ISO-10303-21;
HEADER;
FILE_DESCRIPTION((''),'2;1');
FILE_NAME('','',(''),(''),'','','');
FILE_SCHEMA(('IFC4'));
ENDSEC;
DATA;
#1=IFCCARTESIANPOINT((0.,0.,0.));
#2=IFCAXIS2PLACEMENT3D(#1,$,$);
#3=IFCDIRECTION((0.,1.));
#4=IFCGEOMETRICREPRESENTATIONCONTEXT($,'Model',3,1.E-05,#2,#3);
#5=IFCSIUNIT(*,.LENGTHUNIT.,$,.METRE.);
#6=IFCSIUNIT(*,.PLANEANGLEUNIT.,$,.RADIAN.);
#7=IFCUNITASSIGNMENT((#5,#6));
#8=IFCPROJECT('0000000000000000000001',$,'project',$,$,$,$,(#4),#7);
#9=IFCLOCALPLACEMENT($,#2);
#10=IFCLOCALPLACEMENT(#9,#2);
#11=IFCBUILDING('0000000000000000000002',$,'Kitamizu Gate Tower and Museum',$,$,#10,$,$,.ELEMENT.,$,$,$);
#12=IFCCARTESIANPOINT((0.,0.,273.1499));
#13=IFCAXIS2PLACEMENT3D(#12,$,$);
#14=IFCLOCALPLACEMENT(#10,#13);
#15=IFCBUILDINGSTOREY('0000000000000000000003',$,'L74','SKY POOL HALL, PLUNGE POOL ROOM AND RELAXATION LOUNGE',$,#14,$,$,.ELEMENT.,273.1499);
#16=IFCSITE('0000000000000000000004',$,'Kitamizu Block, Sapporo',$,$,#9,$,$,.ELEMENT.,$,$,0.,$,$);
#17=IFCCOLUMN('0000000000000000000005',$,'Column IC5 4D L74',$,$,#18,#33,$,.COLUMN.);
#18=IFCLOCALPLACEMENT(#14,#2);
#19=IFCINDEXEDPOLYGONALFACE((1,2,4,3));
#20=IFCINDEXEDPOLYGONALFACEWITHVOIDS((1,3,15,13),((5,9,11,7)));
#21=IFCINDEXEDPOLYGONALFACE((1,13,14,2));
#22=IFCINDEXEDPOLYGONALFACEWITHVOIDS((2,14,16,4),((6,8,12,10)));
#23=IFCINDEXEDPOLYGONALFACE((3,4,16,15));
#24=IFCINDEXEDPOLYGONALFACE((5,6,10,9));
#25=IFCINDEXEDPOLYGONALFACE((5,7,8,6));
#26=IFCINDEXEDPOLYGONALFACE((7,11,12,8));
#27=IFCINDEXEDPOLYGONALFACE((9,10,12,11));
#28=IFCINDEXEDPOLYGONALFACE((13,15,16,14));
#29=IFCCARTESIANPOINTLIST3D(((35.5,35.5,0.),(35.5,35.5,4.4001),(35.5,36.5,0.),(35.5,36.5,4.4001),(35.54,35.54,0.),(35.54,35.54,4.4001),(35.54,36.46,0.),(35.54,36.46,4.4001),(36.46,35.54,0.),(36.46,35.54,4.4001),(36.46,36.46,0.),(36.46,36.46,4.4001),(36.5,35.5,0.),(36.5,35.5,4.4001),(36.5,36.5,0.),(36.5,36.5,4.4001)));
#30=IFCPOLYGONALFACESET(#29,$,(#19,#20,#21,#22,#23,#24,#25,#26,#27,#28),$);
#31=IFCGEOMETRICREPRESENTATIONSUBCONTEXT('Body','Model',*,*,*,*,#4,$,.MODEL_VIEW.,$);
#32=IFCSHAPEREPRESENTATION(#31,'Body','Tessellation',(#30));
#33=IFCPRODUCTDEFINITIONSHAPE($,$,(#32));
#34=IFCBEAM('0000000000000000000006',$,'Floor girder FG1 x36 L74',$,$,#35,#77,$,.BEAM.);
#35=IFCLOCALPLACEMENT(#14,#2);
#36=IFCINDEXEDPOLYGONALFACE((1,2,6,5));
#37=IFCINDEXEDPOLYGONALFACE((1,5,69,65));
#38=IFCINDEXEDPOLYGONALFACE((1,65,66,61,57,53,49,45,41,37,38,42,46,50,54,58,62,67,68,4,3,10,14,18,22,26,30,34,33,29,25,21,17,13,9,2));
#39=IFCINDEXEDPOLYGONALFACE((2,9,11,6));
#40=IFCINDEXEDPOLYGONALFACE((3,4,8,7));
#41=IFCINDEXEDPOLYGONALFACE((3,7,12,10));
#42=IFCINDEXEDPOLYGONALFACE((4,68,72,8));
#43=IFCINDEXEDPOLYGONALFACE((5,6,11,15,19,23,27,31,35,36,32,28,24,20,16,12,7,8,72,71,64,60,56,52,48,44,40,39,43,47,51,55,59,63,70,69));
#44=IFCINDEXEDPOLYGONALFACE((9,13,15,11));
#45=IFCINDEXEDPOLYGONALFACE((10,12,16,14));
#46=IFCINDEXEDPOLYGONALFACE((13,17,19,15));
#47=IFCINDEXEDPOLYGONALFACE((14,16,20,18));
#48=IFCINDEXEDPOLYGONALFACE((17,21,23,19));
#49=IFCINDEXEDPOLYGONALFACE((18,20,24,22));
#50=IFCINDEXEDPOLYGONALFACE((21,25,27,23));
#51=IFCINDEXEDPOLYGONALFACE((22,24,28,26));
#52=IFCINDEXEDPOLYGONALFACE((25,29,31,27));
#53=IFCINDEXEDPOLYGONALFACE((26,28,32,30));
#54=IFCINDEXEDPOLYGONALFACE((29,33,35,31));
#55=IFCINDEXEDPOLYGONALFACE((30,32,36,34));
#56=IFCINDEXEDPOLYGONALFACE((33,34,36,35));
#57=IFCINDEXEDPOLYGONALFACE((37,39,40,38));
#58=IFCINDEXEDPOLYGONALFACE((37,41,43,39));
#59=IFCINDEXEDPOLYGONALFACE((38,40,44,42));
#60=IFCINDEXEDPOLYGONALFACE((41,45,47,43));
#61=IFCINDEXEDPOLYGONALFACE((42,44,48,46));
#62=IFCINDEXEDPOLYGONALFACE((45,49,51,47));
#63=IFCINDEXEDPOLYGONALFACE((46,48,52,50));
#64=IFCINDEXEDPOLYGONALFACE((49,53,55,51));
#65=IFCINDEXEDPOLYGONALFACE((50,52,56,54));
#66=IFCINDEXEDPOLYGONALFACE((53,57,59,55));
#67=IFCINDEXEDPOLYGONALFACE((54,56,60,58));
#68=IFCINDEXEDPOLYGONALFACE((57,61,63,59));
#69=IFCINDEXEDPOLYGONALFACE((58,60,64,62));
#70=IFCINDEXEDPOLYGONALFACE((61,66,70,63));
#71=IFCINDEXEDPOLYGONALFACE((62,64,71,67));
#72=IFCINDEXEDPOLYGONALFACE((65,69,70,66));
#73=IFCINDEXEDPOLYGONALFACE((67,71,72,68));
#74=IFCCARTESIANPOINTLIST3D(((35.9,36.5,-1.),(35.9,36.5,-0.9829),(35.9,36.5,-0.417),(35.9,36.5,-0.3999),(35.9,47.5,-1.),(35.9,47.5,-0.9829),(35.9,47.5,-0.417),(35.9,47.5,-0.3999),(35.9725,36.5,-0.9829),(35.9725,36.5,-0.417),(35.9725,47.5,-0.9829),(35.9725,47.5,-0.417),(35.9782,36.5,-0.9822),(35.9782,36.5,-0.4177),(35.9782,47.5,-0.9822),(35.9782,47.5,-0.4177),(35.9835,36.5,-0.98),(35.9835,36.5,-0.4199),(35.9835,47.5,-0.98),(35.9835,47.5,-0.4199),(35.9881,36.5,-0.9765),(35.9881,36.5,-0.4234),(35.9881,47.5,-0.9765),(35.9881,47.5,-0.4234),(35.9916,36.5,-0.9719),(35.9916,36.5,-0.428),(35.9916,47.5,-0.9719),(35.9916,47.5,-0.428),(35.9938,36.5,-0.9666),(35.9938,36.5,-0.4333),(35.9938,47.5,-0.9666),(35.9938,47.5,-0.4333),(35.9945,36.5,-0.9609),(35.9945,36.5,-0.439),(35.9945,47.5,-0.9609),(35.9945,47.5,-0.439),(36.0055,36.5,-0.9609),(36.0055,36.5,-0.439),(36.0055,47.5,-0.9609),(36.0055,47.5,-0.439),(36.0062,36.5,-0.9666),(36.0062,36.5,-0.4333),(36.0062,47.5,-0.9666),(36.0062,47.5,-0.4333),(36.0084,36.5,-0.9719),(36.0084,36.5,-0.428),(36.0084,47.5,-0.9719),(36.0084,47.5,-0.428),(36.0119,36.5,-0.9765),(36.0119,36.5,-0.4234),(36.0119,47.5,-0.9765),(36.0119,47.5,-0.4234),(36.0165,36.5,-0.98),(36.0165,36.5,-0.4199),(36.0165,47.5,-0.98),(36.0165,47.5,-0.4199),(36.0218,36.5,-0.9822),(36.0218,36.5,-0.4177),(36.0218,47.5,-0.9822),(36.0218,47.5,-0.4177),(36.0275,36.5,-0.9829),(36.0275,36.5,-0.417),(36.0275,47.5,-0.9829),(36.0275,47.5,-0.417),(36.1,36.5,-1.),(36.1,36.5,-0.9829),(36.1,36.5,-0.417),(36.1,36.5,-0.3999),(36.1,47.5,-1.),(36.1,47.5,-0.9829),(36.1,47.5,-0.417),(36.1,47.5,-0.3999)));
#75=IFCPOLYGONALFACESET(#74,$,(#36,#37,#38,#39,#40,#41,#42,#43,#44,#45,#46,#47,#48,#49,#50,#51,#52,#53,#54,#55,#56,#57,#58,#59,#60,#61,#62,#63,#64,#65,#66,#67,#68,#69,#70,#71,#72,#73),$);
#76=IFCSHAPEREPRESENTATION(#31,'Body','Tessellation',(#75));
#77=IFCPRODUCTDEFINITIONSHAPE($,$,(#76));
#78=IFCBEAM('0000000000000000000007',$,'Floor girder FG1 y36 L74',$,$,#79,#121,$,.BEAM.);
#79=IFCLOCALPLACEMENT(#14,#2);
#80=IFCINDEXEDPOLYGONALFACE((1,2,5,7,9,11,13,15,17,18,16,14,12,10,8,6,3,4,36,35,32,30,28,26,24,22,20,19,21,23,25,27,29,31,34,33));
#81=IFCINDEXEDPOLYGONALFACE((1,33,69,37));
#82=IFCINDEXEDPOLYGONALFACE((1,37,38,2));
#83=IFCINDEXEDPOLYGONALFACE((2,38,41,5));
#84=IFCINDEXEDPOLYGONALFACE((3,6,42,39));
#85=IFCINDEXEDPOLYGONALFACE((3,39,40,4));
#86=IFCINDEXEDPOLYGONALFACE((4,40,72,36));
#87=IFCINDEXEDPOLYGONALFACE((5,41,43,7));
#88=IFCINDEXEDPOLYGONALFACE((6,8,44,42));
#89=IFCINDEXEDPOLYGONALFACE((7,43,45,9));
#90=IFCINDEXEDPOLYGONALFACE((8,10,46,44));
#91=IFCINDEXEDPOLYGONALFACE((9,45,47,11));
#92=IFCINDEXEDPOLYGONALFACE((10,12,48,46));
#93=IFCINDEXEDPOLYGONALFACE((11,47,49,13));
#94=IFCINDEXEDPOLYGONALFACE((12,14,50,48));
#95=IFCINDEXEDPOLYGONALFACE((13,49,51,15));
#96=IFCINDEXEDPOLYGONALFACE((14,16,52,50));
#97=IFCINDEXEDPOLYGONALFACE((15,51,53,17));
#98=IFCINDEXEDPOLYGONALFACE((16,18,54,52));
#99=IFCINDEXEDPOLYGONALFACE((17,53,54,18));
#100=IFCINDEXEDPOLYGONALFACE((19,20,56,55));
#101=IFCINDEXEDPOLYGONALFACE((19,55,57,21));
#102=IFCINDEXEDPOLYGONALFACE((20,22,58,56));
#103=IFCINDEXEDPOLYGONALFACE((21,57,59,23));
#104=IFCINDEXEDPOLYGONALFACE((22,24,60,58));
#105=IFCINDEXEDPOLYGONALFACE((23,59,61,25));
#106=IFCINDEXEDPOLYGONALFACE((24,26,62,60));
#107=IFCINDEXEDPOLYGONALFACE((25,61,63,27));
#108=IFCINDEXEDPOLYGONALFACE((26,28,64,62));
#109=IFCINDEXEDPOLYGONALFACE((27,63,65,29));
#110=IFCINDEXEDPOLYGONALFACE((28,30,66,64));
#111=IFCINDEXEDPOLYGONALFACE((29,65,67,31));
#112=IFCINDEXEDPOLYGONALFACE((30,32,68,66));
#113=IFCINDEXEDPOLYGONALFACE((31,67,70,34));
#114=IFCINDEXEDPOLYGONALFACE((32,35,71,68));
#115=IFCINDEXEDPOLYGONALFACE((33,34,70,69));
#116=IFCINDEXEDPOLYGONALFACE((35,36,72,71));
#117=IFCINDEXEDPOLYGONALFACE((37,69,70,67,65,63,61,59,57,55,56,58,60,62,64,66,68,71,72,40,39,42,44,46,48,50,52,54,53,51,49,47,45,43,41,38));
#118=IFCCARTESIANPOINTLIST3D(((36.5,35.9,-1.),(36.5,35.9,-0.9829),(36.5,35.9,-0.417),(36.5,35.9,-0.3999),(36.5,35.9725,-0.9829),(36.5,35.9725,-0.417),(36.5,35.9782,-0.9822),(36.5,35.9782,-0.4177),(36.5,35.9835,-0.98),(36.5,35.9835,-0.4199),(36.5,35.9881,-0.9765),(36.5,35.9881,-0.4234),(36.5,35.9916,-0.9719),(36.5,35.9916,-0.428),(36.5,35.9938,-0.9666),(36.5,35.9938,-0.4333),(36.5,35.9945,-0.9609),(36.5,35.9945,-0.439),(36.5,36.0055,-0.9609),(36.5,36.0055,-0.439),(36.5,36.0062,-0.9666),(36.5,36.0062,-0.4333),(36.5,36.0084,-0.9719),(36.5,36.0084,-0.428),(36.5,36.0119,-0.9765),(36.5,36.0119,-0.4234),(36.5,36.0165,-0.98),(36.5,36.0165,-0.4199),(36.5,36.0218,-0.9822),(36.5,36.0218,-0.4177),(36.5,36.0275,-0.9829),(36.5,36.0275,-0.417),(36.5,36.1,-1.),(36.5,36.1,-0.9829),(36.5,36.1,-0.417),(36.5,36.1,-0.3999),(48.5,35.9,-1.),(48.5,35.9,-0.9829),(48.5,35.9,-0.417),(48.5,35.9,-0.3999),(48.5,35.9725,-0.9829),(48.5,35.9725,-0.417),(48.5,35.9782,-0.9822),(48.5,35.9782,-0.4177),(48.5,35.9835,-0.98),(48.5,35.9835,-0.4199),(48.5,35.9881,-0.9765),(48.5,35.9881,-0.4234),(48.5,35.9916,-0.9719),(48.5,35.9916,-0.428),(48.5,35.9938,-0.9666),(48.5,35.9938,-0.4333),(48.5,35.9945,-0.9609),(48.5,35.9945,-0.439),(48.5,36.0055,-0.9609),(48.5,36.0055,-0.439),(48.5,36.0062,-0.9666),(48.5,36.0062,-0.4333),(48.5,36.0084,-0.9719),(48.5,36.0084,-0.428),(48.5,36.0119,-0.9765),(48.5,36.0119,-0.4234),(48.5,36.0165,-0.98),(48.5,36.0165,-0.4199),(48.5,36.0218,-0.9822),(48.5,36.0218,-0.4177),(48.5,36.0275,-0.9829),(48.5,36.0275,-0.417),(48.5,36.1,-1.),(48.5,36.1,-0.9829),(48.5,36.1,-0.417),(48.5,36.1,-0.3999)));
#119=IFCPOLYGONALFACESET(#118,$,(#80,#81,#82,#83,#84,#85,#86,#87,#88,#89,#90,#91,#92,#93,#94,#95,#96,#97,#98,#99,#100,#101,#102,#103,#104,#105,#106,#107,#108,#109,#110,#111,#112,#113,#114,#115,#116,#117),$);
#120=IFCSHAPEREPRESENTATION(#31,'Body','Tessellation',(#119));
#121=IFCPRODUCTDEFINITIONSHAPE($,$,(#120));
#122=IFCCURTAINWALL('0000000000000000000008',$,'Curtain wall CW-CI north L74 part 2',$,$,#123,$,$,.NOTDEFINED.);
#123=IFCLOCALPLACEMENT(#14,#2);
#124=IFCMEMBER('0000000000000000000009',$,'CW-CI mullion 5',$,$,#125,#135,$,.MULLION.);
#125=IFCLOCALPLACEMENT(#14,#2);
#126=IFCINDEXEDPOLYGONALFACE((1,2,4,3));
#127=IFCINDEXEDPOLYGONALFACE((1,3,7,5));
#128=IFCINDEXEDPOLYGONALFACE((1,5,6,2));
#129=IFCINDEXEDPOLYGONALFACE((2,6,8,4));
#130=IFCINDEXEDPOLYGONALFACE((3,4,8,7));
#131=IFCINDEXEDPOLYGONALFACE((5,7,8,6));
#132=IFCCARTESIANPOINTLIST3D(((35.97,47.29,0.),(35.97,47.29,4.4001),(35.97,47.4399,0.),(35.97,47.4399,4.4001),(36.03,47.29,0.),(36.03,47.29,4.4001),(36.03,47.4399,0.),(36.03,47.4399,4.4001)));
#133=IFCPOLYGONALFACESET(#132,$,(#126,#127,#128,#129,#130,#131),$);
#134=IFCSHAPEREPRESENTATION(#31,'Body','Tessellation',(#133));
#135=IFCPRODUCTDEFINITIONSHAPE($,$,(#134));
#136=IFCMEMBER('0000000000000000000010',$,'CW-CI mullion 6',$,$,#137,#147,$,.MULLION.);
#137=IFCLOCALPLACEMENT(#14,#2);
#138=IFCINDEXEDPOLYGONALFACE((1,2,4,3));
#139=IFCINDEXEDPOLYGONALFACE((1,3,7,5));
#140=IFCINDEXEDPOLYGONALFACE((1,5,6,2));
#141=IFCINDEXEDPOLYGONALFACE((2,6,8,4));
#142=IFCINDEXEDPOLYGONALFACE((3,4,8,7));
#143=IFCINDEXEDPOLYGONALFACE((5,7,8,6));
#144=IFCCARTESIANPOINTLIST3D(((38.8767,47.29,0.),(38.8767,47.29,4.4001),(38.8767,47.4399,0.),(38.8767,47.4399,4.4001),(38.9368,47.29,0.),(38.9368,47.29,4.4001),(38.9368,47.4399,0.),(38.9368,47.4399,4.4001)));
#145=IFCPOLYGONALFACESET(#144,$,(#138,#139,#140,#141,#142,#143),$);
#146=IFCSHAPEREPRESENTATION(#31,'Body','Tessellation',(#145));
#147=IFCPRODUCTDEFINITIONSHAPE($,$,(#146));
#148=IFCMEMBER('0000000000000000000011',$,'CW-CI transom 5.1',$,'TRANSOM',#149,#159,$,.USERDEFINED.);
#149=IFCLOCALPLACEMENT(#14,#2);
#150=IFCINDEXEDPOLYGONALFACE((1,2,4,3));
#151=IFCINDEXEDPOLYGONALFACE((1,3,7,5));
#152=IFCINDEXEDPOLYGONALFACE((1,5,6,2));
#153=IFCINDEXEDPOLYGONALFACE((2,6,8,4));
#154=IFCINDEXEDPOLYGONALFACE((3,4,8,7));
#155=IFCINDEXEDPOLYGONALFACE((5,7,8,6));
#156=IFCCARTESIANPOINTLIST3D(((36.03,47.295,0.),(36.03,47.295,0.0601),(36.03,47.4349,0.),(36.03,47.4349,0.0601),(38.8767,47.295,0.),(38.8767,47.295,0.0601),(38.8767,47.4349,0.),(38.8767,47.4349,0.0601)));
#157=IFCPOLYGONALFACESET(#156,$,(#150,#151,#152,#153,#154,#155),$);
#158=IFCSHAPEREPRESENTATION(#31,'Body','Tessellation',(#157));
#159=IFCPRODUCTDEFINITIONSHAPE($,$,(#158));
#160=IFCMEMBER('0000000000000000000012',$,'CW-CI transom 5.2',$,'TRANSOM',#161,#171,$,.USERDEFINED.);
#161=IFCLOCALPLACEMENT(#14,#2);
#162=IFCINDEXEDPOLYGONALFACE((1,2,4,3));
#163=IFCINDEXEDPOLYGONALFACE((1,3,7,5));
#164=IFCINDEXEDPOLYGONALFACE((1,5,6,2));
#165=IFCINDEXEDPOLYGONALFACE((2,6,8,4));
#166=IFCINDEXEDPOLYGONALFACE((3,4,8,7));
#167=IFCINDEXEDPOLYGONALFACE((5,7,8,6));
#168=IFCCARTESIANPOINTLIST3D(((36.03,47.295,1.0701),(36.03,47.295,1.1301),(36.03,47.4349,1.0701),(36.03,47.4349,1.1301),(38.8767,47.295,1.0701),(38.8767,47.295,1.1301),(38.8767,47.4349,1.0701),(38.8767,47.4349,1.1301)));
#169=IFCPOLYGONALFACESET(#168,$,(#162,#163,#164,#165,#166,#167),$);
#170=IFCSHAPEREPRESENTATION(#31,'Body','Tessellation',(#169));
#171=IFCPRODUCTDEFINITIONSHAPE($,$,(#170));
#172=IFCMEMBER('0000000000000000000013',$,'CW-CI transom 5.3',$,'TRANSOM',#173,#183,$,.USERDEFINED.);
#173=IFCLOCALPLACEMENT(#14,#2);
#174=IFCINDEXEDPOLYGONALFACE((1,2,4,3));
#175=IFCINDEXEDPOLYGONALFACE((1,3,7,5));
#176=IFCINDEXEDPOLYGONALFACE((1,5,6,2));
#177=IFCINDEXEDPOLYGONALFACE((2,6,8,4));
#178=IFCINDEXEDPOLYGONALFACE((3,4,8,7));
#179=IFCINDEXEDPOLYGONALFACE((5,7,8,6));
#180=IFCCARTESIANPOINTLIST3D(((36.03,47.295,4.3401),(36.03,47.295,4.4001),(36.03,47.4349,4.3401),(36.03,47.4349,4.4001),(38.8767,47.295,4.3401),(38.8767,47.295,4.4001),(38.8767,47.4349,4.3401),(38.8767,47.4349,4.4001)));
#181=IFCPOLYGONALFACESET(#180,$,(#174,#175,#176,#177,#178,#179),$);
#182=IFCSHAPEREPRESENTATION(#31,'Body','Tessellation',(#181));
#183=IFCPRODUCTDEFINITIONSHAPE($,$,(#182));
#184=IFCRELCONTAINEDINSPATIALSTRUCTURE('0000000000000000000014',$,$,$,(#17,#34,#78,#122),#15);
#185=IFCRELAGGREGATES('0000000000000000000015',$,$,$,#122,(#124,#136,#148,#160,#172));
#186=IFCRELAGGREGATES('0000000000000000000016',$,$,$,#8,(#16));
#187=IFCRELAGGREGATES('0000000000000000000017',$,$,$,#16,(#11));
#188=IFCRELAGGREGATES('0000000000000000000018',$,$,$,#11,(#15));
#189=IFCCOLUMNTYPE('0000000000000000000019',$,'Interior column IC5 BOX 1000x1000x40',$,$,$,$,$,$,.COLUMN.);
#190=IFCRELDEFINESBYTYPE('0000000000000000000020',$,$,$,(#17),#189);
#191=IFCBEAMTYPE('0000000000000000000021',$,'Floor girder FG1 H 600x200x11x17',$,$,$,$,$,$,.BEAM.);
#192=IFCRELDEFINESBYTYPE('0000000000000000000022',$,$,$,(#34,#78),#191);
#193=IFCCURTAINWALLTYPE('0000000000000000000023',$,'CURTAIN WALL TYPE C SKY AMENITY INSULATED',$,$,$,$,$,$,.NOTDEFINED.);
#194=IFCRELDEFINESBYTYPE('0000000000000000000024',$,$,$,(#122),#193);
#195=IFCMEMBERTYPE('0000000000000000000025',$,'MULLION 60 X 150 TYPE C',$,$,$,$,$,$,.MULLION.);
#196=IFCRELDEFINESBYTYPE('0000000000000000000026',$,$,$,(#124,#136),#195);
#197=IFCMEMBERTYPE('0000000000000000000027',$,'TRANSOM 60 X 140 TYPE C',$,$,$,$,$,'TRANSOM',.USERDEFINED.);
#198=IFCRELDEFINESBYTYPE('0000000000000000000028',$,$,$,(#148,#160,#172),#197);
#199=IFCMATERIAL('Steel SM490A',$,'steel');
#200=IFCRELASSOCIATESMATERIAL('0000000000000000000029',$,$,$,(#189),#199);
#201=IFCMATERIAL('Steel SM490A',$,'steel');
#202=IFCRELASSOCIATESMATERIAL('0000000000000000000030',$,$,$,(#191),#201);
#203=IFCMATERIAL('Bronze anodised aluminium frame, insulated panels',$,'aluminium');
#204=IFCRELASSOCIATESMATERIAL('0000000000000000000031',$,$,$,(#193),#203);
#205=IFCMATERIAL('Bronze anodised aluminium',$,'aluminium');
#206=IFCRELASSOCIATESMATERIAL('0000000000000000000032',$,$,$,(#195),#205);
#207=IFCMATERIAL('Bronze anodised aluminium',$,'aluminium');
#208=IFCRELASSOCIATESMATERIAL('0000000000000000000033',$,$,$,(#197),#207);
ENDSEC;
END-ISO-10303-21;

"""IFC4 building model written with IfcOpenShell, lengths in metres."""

from ifc_helpers import new_model, si_unit, direction, frame, origin, origin_2d, place, context, subcontext, project, spatial, rectangle, hollow_rectangle, i_section, extrude, material, material_profile, profile_set, type_object, element, aggregate, save


model = new_model("IFC4")

# Units and contexts
model_context = context("Model", 3, precision=1e-05, world=origin(), true_north=direction((0.0, 1.0)))
body_context = subcontext(model_context, "Body", "Model", "MODEL_VIEW")
ifc_project = project(units=[si_unit("LENGTHUNIT", "METRE"), si_unit("PLANEANGLEUNIT", "RADIAN")], contexts=[model_context])

# Site, building, storey
site_placement = place(None, origin())
site = spatial("IfcSite", under=ifc_project, at=site_placement, Name="Kitamizu Block, Sapporo", CompositionType="ELEMENT", RefElevation=0.0)
building_placement = place(site_placement, origin())
building = spatial("IfcBuilding", under=site, at=building_placement, Name="Kitamizu Gate Tower and Museum", CompositionType="ELEMENT")
storey_placement = place(building_placement, frame((0.0, 0.0, 273.1499)))
storey = spatial("IfcBuildingStorey", under=building, at=storey_placement, Name="L74", Description="SKY POOL HALL, PLUNGE POOL ROOM AND RELAXATION LOUNGE", CompositionType="ELEMENT", Elevation=273.1499)

# Column
ifc_material_1 = material(Name="Steel SM490A", Category="steel")
ifc_material_profile_1 = material_profile(ifc_material_1, hollow_rectangle(XDim=1.0, YDim=1.0, WallThickness=0.04, at=origin_2d()), Name="BOX 1000x1000x40")
ifc_profile_set_1 = profile_set([ifc_material_profile_1], Name="Steel SM490A")
column_type = type_object("IfcColumnType", Name="Interior column IC5 BOX 1000x1000x40", PredefinedType="COLUMN", material=ifc_profile_set_1)
column_placement = place(storey_placement, frame((36.0, 36.0, 0.0), z_axis=(0.0, 0.0, 1.0), x_axis=(1.0, 0.0, 0.0)))
element("IfcColumn", 1, at=column_placement, inside=storey, type_object=column_type, Name="Column IC5 4D L74", PredefinedType="COLUMN", context=body_context, shape_type="SweptSolid", body=[
    extrude(hollow_rectangle(XDim=1.0, YDim=1.0, WallThickness=0.04, at=origin_2d()), origin(), (0.0, 0.0, 1.0), 4.4001),
])

# Beams
ifc_material_2 = material(Name="Steel SM490A", Category="steel")
ifc_material_profile_2 = material_profile(ifc_material_2, i_section(OverallWidth=0.2, OverallDepth=0.6001, WebThickness=0.011, FlangeThickness=0.0171, FilletRadius=0.022, at=origin_2d()), Name="H-600x200x11x17")
ifc_profile_set_2 = profile_set([ifc_material_profile_2], Name="Steel SM490A")
beam_type = type_object("IfcBeamType", Name="Floor girder FG1 H 600x200x11x17", PredefinedType="BEAM", material=ifc_profile_set_2)
beam_1_placement = place(storey_placement, frame((36.0, 36.5, -0.7), z_axis=(0.0, 1.0, 0.0), x_axis=(-1.0, 0.0, 0.0)))
element("IfcBeam", 2, at=beam_1_placement, inside=storey, type_object=beam_type, Name="Floor girder FG1 x36 L74", PredefinedType="BEAM", context=body_context, shape_type="SweptSolid", body=[
    extrude(i_section(OverallWidth=0.2, OverallDepth=0.6001, WebThickness=0.011, FlangeThickness=0.0171, FilletRadius=0.022, at=origin_2d()), origin(), (0.0, 0.0, 1.0), 11.0),
])
beam_2_placement = place(storey_placement, frame((36.5, 36.0, -0.7), z_axis=(1.0, 0.0, 0.0), x_axis=(0.0, 1.0, 0.0)))
element("IfcBeam", 3, at=beam_2_placement, inside=storey, type_object=beam_type, Name="Floor girder FG1 y36 L74", PredefinedType="BEAM", context=body_context, shape_type="SweptSolid", body=[
    extrude(i_section(OverallWidth=0.2, OverallDepth=0.6001, WebThickness=0.011, FlangeThickness=0.0171, FilletRadius=0.022, at=origin_2d()), origin(), (0.0, 0.0, 1.0), 12.0),
])

# Curtain wall, members
ifc_material_3 = material(Name="Bronze anodised aluminium frame, insulated panels", Category="aluminium")
curtain_wall_type = type_object("IfcCurtainWallType", Name="CURTAIN WALL TYPE C SKY AMENITY INSULATED", PredefinedType="NOTDEFINED", material=ifc_material_3)
curtain_wall_placement = place(storey_placement, origin())
curtain_wall = element("IfcCurtainWall", 4, at=curtain_wall_placement, inside=storey, type_object=curtain_wall_type, Name="Curtain wall CW-CI north L74 part 2", PredefinedType="NOTDEFINED")
ifc_material_4 = material(Name="Bronze anodised aluminium", Category="aluminium")
ifc_material_profile_3 = material_profile(ifc_material_4, rectangle(XDim=0.0601, YDim=0.1499, at=origin_2d()), Name="AL 60X150")
ifc_profile_set_3 = profile_set([ifc_material_profile_3], Name="Bronze anodised aluminium")
member_type_1 = type_object("IfcMemberType", Name="MULLION 60 X 150 TYPE C", PredefinedType="MULLION", material=ifc_profile_set_3)
member_1_placement = place(storey_placement, frame((36.0, 47.365, 0.0), z_axis=(0.0, 0.0, 1.0), x_axis=(1.0, 0.0, 0.0)))
member_1 = element("IfcMember", 5, at=member_1_placement, type_object=member_type_1, Name="CW-CI mullion 5", PredefinedType="MULLION", context=body_context, shape_type="SweptSolid", body=[
    extrude(rectangle(XDim=0.0601, YDim=0.1499, at=origin_2d()), origin(), (0.0, 0.0, 1.0), 4.4001),
])
member_2_placement = place(storey_placement, frame((38.9067, 47.365, 0.0), z_axis=(0.0, 0.0, 1.0), x_axis=(1.0, 0.0, 0.0)))
member_2 = element("IfcMember", 6, at=member_2_placement, type_object=member_type_1, Name="CW-CI mullion 6", PredefinedType="MULLION", context=body_context, shape_type="SweptSolid", body=[
    extrude(rectangle(XDim=0.0601, YDim=0.1499, at=origin_2d()), origin(), (0.0, 0.0, 1.0), 4.4001),
])
ifc_material_5 = material(Name="Bronze anodised aluminium", Category="aluminium")
ifc_material_profile_4 = material_profile(ifc_material_5, rectangle(XDim=0.1399, YDim=0.0601, at=origin_2d()), Name="AL 60X140")
ifc_profile_set_4 = profile_set([ifc_material_profile_4], Name="Bronze anodised aluminium")
member_type_2 = type_object("IfcMemberType", Name="TRANSOM 60 X 140 TYPE C", ElementType="TRANSOM", PredefinedType="USERDEFINED", material=ifc_profile_set_4)
member_3_placement = place(storey_placement, frame((36.03, 47.365, 0.03), z_axis=(1.0, 0.0, 0.0), x_axis=(0.0, 1.0, 0.0)))
member_3 = element("IfcMember", 7, at=member_3_placement, type_object=member_type_2, Name="CW-CI transom 5.1", ObjectType="TRANSOM", PredefinedType="USERDEFINED", context=body_context, shape_type="SweptSolid", body=[
    extrude(rectangle(XDim=0.1399, YDim=0.0601, at=origin_2d()), origin(), (0.0, 0.0, 1.0), 2.8467),
])
member_4_placement = place(storey_placement, frame((36.03, 47.365, 1.1001), z_axis=(1.0, 0.0, 0.0), x_axis=(0.0, 1.0, 0.0)))
member_4 = element("IfcMember", 8, at=member_4_placement, type_object=member_type_2, Name="CW-CI transom 5.2", ObjectType="TRANSOM", PredefinedType="USERDEFINED", context=body_context, shape_type="SweptSolid", body=[
    extrude(rectangle(XDim=0.1399, YDim=0.0601, at=origin_2d()), origin(), (0.0, 0.0, 1.0), 2.8467),
])
member_5_placement = place(storey_placement, frame((36.03, 47.365, 4.3701), z_axis=(1.0, 0.0, 0.0), x_axis=(0.0, 1.0, 0.0)))
member_5 = element("IfcMember", 9, at=member_5_placement, type_object=member_type_2, Name="CW-CI transom 5.3", ObjectType="TRANSOM", PredefinedType="USERDEFINED", context=body_context, shape_type="SweptSolid", body=[
    extrude(rectangle(XDim=0.1399, YDim=0.0601, at=origin_2d()), origin(), (0.0, 0.0, 1.0), 2.8467),
])
aggregate(curtain_wall, [member_1, member_2, member_3, member_4, member_5])

save(model, "model.ifc")
